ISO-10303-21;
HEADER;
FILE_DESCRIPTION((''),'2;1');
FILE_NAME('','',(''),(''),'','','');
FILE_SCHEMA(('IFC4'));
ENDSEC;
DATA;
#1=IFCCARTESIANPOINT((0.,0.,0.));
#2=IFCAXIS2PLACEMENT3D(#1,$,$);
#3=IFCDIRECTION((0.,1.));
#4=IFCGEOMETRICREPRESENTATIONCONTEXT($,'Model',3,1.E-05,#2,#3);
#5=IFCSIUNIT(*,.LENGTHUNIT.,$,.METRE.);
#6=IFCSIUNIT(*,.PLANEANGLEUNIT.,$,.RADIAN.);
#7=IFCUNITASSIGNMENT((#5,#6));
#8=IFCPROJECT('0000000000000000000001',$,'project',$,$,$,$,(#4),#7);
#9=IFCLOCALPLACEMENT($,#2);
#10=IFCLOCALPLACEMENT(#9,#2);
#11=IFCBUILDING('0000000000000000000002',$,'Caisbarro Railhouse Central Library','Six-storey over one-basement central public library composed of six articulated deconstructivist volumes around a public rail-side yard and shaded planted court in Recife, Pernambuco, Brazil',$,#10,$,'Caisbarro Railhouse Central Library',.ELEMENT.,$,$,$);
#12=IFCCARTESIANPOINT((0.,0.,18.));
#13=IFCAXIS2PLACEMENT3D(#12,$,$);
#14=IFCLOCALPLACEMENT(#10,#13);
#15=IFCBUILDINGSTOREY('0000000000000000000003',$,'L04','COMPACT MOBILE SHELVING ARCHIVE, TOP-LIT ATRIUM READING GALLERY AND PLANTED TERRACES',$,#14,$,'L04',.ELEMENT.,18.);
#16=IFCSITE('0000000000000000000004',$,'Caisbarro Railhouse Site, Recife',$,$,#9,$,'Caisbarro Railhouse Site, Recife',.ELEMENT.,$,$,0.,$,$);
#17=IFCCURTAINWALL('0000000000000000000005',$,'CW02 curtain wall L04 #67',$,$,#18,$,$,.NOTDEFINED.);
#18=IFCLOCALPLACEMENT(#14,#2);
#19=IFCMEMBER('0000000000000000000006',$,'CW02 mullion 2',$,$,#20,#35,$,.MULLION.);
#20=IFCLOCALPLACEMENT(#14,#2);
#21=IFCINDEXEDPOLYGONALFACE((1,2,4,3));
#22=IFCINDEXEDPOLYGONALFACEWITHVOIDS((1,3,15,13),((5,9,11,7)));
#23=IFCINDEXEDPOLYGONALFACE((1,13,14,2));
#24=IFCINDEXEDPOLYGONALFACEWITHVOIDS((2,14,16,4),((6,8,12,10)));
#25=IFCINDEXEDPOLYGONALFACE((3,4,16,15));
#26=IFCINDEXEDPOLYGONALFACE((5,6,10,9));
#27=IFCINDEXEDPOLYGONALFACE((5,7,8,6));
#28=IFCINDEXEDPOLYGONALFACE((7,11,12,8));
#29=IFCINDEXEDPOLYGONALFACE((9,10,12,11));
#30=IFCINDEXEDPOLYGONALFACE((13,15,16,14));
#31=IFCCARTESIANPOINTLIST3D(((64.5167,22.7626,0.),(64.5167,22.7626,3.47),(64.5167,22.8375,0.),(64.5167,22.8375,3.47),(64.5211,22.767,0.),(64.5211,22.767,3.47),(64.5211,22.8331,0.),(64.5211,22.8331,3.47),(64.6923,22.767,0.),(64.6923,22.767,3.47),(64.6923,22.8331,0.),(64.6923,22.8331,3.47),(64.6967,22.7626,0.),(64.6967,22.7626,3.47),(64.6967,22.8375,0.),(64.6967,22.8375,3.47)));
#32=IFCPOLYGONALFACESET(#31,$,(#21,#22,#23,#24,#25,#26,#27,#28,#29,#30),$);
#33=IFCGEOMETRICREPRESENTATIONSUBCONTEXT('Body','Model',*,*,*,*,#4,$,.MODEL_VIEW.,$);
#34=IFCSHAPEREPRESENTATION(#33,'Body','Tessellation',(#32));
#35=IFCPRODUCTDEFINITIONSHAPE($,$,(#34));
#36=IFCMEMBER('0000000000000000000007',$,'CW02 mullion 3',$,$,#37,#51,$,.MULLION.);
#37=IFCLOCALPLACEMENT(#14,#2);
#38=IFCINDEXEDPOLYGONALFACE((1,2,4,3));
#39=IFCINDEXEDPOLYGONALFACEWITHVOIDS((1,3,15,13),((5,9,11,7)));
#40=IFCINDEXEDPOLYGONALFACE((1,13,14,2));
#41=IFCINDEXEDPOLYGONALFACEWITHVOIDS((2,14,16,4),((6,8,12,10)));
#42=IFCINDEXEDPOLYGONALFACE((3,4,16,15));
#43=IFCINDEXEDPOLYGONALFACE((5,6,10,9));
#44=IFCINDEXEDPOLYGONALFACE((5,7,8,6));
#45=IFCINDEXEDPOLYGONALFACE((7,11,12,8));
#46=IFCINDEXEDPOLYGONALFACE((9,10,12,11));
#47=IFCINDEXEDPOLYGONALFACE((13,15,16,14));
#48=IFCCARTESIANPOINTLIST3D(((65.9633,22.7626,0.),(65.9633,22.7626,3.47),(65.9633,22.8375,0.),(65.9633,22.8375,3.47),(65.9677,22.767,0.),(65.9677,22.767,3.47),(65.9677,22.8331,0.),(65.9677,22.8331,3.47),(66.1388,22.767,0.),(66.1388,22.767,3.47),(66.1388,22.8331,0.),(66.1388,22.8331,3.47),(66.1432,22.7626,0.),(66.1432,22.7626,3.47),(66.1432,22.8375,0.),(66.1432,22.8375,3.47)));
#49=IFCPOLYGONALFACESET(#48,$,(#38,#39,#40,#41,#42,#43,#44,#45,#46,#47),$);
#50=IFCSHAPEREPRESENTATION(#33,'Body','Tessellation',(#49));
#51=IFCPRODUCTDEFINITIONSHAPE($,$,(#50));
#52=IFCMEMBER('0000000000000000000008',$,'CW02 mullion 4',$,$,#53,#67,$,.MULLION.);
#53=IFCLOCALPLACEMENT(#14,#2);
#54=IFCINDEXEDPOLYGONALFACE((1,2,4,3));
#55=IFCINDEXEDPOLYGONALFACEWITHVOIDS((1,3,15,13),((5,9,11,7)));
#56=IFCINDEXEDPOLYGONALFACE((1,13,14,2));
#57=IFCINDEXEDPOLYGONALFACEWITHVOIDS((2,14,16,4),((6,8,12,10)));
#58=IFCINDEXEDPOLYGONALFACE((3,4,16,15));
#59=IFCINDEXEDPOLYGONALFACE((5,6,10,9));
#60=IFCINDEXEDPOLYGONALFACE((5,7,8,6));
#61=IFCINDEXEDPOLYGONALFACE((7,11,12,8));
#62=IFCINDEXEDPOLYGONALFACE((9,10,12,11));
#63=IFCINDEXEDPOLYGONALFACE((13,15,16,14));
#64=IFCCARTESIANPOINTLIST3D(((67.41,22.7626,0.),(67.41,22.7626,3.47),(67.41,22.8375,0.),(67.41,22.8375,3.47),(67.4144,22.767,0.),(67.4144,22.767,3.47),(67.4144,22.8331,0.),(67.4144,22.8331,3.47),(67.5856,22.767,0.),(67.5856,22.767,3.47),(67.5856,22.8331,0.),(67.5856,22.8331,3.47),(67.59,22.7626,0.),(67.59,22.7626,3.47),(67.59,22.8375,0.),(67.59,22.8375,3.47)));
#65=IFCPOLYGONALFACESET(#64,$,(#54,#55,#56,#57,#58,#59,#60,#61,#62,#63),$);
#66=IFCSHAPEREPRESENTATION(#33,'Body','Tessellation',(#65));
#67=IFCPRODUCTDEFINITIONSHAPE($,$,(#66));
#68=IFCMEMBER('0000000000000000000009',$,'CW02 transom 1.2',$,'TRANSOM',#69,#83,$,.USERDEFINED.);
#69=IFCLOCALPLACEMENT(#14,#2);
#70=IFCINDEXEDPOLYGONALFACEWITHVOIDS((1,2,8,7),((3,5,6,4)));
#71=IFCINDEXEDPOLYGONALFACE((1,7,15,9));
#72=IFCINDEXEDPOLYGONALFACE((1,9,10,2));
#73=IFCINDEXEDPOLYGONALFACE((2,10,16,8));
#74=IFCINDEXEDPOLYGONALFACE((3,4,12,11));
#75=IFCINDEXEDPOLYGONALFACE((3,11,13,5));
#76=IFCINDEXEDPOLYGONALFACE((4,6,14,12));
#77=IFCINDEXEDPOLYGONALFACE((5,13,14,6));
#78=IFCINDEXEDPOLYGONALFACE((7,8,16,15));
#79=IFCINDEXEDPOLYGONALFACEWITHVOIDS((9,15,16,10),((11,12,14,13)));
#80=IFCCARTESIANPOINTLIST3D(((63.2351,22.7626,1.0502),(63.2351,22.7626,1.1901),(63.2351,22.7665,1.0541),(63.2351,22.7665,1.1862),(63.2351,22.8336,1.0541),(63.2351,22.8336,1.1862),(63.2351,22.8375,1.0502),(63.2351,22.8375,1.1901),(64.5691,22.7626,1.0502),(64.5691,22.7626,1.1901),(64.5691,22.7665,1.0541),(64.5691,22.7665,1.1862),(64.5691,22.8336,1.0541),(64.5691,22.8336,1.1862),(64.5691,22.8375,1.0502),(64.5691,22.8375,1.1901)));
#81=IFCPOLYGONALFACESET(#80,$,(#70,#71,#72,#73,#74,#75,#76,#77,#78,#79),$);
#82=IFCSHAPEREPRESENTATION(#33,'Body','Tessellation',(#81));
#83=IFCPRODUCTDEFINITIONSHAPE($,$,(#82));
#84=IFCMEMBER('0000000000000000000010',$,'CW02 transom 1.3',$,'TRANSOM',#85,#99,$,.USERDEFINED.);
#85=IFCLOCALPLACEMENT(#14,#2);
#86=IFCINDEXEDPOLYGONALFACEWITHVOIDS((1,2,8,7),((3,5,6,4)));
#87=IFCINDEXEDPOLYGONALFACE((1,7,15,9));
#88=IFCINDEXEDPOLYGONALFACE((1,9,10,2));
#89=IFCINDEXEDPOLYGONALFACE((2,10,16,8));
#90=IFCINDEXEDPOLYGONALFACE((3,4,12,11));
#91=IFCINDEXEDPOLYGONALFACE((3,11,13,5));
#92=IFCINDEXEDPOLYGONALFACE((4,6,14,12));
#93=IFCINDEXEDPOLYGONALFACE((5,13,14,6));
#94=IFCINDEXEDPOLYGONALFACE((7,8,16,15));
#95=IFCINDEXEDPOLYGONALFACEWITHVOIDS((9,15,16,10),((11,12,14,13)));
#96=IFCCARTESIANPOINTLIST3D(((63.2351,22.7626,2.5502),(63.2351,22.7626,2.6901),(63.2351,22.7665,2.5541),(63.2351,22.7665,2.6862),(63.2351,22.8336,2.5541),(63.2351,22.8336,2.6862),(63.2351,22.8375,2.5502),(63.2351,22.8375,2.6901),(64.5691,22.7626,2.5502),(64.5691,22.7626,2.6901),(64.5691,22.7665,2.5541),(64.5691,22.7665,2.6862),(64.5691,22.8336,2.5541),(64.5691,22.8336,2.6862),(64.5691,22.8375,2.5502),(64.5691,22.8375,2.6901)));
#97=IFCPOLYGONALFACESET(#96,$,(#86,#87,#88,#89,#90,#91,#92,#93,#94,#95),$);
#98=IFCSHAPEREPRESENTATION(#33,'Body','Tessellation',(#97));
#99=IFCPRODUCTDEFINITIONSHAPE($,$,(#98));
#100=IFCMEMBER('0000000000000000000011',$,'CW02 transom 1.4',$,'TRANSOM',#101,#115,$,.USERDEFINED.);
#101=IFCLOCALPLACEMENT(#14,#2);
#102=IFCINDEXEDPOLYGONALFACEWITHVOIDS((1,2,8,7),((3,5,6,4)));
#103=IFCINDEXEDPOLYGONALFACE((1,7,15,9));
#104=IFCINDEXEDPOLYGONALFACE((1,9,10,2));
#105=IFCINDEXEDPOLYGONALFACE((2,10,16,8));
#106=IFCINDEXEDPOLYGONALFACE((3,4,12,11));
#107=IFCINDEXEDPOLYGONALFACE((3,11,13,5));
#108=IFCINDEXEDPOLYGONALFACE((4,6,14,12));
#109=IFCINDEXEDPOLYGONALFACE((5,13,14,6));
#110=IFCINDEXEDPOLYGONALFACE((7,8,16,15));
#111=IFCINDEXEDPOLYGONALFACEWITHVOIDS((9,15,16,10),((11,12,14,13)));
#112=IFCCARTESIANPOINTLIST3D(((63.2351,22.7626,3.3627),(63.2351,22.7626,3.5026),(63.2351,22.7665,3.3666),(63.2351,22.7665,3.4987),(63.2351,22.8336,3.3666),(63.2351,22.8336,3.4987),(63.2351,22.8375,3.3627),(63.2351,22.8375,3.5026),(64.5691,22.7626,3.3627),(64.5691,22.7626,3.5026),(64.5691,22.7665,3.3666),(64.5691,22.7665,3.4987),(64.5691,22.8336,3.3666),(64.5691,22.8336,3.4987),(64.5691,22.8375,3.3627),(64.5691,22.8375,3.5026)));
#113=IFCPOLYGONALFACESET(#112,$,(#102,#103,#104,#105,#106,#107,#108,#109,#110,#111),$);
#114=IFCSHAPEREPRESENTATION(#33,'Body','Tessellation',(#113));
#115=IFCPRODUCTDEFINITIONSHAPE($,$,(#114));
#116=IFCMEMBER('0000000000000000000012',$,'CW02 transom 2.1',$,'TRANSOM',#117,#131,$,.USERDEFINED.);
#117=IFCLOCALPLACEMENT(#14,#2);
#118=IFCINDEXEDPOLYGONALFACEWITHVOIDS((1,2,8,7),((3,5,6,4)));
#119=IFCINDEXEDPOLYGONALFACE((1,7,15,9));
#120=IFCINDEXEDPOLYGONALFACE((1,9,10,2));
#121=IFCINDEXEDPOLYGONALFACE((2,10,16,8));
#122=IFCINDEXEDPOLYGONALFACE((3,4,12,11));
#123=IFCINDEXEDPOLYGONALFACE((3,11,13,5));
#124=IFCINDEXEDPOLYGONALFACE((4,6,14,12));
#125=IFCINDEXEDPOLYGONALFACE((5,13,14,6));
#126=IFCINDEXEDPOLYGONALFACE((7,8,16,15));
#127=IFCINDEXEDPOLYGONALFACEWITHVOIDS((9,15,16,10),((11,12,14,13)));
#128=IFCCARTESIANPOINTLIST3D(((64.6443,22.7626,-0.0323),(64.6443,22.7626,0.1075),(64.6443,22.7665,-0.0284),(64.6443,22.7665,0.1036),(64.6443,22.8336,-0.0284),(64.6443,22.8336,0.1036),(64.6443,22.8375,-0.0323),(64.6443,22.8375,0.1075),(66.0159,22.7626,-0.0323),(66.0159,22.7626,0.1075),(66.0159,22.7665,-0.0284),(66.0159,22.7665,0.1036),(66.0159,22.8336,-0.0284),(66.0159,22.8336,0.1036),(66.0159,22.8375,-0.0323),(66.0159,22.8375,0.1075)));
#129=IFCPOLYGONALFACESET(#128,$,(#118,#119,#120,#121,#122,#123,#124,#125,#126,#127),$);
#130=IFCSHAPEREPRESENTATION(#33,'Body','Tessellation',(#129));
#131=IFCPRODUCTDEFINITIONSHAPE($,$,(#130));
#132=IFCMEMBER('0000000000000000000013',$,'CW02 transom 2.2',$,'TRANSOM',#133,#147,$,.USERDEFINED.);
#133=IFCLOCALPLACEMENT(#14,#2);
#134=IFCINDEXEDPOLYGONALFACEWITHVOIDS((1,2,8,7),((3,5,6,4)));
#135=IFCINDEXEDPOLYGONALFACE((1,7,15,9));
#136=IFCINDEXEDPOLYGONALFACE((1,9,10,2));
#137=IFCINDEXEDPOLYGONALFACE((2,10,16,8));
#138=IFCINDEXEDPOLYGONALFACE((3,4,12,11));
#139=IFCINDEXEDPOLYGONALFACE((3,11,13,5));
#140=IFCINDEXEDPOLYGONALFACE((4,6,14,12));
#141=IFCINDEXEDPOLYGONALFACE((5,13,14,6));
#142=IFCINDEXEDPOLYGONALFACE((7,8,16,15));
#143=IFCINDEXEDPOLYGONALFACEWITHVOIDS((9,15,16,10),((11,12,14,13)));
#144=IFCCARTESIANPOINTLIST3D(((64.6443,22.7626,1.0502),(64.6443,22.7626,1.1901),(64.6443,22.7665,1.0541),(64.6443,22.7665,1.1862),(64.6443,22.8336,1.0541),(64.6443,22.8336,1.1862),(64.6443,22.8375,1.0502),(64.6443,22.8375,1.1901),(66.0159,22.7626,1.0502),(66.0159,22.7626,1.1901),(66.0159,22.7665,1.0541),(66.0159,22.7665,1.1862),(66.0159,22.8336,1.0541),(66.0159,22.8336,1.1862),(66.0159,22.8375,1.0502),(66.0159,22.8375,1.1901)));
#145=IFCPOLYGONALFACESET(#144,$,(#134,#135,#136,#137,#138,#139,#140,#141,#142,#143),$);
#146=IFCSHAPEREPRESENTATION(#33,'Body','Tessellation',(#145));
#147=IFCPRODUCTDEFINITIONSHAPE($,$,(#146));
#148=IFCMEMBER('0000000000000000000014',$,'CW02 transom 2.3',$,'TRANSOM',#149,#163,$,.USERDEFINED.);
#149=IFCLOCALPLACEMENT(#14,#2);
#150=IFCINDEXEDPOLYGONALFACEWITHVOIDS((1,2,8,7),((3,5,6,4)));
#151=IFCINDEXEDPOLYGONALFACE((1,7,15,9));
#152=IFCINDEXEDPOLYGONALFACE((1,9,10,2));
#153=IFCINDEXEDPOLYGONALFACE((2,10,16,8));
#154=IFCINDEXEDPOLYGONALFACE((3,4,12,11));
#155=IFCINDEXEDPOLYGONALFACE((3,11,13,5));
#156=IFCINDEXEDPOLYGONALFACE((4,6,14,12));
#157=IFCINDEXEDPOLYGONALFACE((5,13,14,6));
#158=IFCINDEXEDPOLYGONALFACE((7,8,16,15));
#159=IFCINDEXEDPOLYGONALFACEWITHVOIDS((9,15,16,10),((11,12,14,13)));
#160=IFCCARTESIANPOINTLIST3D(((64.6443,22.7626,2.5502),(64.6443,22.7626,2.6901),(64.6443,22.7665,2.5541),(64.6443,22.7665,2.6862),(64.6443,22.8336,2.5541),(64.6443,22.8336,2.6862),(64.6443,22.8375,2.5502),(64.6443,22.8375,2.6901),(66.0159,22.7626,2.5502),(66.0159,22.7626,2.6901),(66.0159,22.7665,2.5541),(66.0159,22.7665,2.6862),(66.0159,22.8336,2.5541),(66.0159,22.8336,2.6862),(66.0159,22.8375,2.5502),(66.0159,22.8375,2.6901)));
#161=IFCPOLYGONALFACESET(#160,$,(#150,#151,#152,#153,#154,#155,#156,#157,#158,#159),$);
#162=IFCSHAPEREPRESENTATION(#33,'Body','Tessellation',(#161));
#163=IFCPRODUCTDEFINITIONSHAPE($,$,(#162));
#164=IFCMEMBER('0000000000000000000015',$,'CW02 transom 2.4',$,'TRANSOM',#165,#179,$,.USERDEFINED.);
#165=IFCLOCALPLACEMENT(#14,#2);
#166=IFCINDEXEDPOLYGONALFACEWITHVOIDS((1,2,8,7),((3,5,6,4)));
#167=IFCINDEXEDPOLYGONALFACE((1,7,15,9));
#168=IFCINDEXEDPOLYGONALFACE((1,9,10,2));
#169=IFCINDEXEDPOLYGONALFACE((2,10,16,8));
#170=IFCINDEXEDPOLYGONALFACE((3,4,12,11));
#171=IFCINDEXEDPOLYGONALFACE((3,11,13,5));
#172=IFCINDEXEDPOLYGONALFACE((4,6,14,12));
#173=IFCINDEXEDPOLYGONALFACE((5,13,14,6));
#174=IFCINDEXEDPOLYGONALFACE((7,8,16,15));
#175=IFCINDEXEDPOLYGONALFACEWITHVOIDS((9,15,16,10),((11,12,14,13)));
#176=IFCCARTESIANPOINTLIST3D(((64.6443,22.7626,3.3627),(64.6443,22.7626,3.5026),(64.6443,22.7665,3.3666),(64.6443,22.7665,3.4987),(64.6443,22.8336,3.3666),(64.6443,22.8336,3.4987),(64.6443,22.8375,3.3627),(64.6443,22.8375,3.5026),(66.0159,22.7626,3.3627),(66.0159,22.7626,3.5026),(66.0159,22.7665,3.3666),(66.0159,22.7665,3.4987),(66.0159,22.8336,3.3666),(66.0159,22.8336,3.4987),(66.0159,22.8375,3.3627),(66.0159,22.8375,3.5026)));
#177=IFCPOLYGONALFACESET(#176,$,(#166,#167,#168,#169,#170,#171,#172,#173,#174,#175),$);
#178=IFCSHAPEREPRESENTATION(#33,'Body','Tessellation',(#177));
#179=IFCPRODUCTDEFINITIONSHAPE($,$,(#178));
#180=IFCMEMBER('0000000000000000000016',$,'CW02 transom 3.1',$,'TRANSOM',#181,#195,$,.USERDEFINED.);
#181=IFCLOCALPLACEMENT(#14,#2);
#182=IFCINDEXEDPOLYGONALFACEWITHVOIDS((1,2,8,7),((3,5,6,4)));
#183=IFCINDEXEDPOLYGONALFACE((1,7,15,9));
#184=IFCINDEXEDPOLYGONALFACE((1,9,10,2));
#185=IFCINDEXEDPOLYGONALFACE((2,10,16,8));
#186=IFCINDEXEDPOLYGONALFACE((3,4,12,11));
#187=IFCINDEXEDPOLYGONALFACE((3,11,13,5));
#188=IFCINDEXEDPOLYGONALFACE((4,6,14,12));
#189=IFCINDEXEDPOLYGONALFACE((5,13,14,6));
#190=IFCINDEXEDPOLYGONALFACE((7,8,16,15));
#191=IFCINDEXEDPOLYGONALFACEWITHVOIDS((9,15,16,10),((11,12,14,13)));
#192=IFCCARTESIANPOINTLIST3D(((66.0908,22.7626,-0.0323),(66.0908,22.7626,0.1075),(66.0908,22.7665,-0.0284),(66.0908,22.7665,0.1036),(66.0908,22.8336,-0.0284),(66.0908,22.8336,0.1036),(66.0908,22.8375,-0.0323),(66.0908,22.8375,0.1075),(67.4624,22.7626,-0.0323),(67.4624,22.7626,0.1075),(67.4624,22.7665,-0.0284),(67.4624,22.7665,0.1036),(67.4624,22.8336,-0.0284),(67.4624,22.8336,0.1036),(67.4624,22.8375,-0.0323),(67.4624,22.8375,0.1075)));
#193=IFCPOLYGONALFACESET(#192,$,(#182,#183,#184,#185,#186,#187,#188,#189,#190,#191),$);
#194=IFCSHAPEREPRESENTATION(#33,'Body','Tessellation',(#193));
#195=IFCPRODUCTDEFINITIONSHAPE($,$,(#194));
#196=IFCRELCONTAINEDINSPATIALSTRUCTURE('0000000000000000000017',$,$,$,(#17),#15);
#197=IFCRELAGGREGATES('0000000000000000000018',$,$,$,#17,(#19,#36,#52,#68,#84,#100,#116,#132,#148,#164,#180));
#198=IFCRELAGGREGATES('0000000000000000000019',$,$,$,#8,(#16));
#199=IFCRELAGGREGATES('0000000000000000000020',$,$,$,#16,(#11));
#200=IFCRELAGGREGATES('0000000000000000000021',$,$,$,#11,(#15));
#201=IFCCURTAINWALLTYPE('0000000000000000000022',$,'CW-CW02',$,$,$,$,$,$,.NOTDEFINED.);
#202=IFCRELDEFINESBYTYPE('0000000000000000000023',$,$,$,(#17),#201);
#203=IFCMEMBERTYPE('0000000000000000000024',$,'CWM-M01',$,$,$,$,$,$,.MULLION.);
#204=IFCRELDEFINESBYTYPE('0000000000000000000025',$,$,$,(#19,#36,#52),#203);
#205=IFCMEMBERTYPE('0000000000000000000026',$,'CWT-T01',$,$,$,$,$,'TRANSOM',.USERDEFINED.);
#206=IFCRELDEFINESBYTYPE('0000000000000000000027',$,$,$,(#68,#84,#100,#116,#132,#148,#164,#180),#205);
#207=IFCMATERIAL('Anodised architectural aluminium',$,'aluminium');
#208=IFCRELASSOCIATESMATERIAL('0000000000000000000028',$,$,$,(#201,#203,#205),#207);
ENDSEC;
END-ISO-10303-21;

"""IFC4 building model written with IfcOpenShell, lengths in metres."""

from ifc_helpers import new_model, si_unit, direction, frame, origin, origin_2d, place, context, subcontext, project, spatial, hollow_rectangle, extrude, material, material_profile, profile_set, type_object, element, aggregate, save


model = new_model("IFC4")

# Units and contexts
model_context = context("Model", 3, precision=1e-05, world=origin(), true_north=direction((0.0, 1.0)))
body_context = subcontext(model_context, "Body", "Model", "MODEL_VIEW")
ifc_project = project(units=[si_unit("LENGTHUNIT", "METRE"), si_unit("PLANEANGLEUNIT", "RADIAN")], contexts=[model_context])

# Site, building, storey
site_placement = place(None, origin())
site = spatial("IfcSite", under=ifc_project, at=site_placement, Name="Caisbarro Railhouse Site, Recife", LongName="Caisbarro Railhouse Site, Recife", CompositionType="ELEMENT", RefElevation=0.0)
building_placement = place(site_placement, origin())
building = spatial("IfcBuilding", under=site, at=building_placement, Name="Caisbarro Railhouse Central Library", Description="Six-storey over one-basement central public library composed of six articulated deconstructivist volumes around a public rail-side yard and shaded planted court in Recife, Pernambuco, Brazil", LongName="Caisbarro Railhouse Central Library", CompositionType="ELEMENT")
storey_placement = place(building_placement, frame((0.0, 0.0, 18.0)))
storey = spatial("IfcBuildingStorey", under=building, at=storey_placement, Name="L04", Description="COMPACT MOBILE SHELVING ARCHIVE, TOP-LIT ATRIUM READING GALLERY AND PLANTED TERRACES", LongName="L04", CompositionType="ELEMENT", Elevation=18.0)

# Curtain wall, members
ifc_material_1 = material(Name="Anodised architectural aluminium", Category="aluminium")
curtain_wall_type = type_object("IfcCurtainWallType", Name="CW-CW02", PredefinedType="NOTDEFINED", material=ifc_material_1)
curtain_wall_placement = place(storey_placement, origin())
curtain_wall = element("IfcCurtainWall", 1, at=curtain_wall_placement, inside=storey, type_object=curtain_wall_type, Name="CW02 curtain wall L04 #67", PredefinedType="NOTDEFINED")
ifc_material_profile_1 = material_profile(ifc_material_1, hollow_rectangle(XDim=0.075, YDim=0.1799, WallThickness=0.0044, at=origin_2d()), Name="ALU-MUL-75X180")
ifc_profile_set_1 = profile_set([ifc_material_profile_1], Name="Anodised architectural aluminium")
member_type_1 = type_object("IfcMemberType", Name="CWM-M01", PredefinedType="MULLION", material=ifc_profile_set_1)
member_1_placement = place(storey_placement, frame((64.6067, 22.8, 0.0), z_axis=(0.0, 0.0, 1.0), x_axis=(0.0, 1.0, 0.0)))
member_1 = element("IfcMember", 2, at=member_1_placement, type_object=member_type_1, Name="CW02 mullion 2", PredefinedType="MULLION", context=body_context, shape_type="SweptSolid", body=[
    extrude(hollow_rectangle(XDim=0.075, YDim=0.1799, WallThickness=0.0044, at=origin_2d()), origin(), (0.0, 0.0, 1.0), 3.47),
])
member_2_placement = place(storey_placement, frame((66.0532, 22.8, 0.0), z_axis=(0.0, 0.0, 1.0), x_axis=(0.0, 1.0, 0.0)))
member_2 = element("IfcMember", 3, at=member_2_placement, type_object=member_type_1, Name="CW02 mullion 3", PredefinedType="MULLION", context=body_context, shape_type="SweptSolid", body=[
    extrude(hollow_rectangle(XDim=0.075, YDim=0.1799, WallThickness=0.0044, at=origin_2d()), origin(), (0.0, 0.0, 1.0), 3.47),
])
member_3_placement = place(storey_placement, frame((67.5, 22.8, 0.0), z_axis=(0.0, 0.0, 1.0), x_axis=(0.0, 1.0, 0.0)))
member_3 = element("IfcMember", 4, at=member_3_placement, type_object=member_type_1, Name="CW02 mullion 4", PredefinedType="MULLION", context=body_context, shape_type="SweptSolid", body=[
    extrude(hollow_rectangle(XDim=0.075, YDim=0.1799, WallThickness=0.0044, at=origin_2d()), origin(), (0.0, 0.0, 1.0), 3.47),
])
ifc_material_profile_2 = material_profile(ifc_material_1, hollow_rectangle(XDim=0.075, YDim=0.1399, WallThickness=0.0039, at=origin_2d()), Name="ALU-TRN-75X140")
ifc_profile_set_2 = profile_set([ifc_material_profile_2], Name="Anodised architectural aluminium")
member_type_2 = type_object("IfcMemberType", Name="CWT-T01", ElementType="TRANSOM", PredefinedType="USERDEFINED", material=ifc_profile_set_2)
member_4_placement = place(storey_placement, frame((63.2351, 22.8, 1.1201), z_axis=(1.0, 0.0, 0.0), x_axis=(0.0, 1.0, 0.0)))
member_4 = element("IfcMember", 5, at=member_4_placement, type_object=member_type_2, Name="CW02 transom 1.2", ObjectType="TRANSOM", PredefinedType="USERDEFINED", context=body_context, shape_type="SweptSolid", body=[
    extrude(hollow_rectangle(XDim=0.075, YDim=0.1399, WallThickness=0.0039, at=origin_2d()), origin(), (0.0, 0.0, 1.0), 1.334),
])
member_5_placement = place(storey_placement, frame((63.2351, 22.8, 2.6201), z_axis=(1.0, 0.0, 0.0), x_axis=(0.0, 1.0, 0.0)))
member_5 = element("IfcMember", 6, at=member_5_placement, type_object=member_type_2, Name="CW02 transom 1.3", ObjectType="TRANSOM", PredefinedType="USERDEFINED", context=body_context, shape_type="SweptSolid", body=[
    extrude(hollow_rectangle(XDim=0.075, YDim=0.1399, WallThickness=0.0039, at=origin_2d()), origin(), (0.0, 0.0, 1.0), 1.334),
])
member_6_placement = place(storey_placement, frame((63.2351, 22.8, 3.4326), z_axis=(1.0, 0.0, 0.0), x_axis=(0.0, 1.0, 0.0)))
member_6 = element("IfcMember", 7, at=member_6_placement, type_object=member_type_2, Name="CW02 transom 1.4", ObjectType="TRANSOM", PredefinedType="USERDEFINED", context=body_context, shape_type="SweptSolid", body=[
    extrude(hollow_rectangle(XDim=0.075, YDim=0.1399, WallThickness=0.0039, at=origin_2d()), origin(), (0.0, 0.0, 1.0), 1.334),
])
member_7_placement = place(storey_placement, frame((64.6443, 22.8, 0.0376), z_axis=(1.0, 0.0, 0.0), x_axis=(0.0, 1.0, 0.0)))
member_7 = element("IfcMember", 8, at=member_7_placement, type_object=member_type_2, Name="CW02 transom 2.1", ObjectType="TRANSOM", PredefinedType="USERDEFINED", context=body_context, shape_type="SweptSolid", body=[
    extrude(hollow_rectangle(XDim=0.075, YDim=0.1399, WallThickness=0.0039, at=origin_2d()), origin(), (0.0, 0.0, 1.0), 1.3716),
])
member_8_placement = place(storey_placement, frame((64.6443, 22.8, 1.1201), z_axis=(1.0, 0.0, 0.0), x_axis=(0.0, 1.0, 0.0)))
member_8 = element("IfcMember", 9, at=member_8_placement, type_object=member_type_2, Name="CW02 transom 2.2", ObjectType="TRANSOM", PredefinedType="USERDEFINED", context=body_context, shape_type="SweptSolid", body=[
    extrude(hollow_rectangle(XDim=0.075, YDim=0.1399, WallThickness=0.0039, at=origin_2d()), origin(), (0.0, 0.0, 1.0), 1.3716),
])
member_9_placement = place(storey_placement, frame((64.6443, 22.8, 2.6201), z_axis=(1.0, 0.0, 0.0), x_axis=(0.0, 1.0, 0.0)))
member_9 = element("IfcMember", 10, at=member_9_placement, type_object=member_type_2, Name="CW02 transom 2.3", ObjectType="TRANSOM", PredefinedType="USERDEFINED", context=body_context, shape_type="SweptSolid", body=[
    extrude(hollow_rectangle(XDim=0.075, YDim=0.1399, WallThickness=0.0039, at=origin_2d()), origin(), (0.0, 0.0, 1.0), 1.3716),
])
member_10_placement = place(storey_placement, frame((64.6443, 22.8, 3.4326), z_axis=(1.0, 0.0, 0.0), x_axis=(0.0, 1.0, 0.0)))
member_10 = element("IfcMember", 11, at=member_10_placement, type_object=member_type_2, Name="CW02 transom 2.4", ObjectType="TRANSOM", PredefinedType="USERDEFINED", context=body_context, shape_type="SweptSolid", body=[
    extrude(hollow_rectangle(XDim=0.075, YDim=0.1399, WallThickness=0.0039, at=origin_2d()), origin(), (0.0, 0.0, 1.0), 1.3716),
])
member_11_placement = place(storey_placement, frame((66.0908, 22.8, 0.0376), z_axis=(1.0, 0.0, 0.0), x_axis=(0.0, 1.0, 0.0)))
member_11 = element("IfcMember", 12, at=member_11_placement, type_object=member_type_2, Name="CW02 transom 3.1", ObjectType="TRANSOM", PredefinedType="USERDEFINED", context=body_context, shape_type="SweptSolid", body=[
    extrude(hollow_rectangle(XDim=0.075, YDim=0.1399, WallThickness=0.0039, at=origin_2d()), origin(), (0.0, 0.0, 1.0), 1.3716),
])
aggregate(curtain_wall, [member_1, member_2, member_3, member_4, member_5, member_6, member_7, member_8, member_9, member_10, member_11])

save(model, "model.ifc")
